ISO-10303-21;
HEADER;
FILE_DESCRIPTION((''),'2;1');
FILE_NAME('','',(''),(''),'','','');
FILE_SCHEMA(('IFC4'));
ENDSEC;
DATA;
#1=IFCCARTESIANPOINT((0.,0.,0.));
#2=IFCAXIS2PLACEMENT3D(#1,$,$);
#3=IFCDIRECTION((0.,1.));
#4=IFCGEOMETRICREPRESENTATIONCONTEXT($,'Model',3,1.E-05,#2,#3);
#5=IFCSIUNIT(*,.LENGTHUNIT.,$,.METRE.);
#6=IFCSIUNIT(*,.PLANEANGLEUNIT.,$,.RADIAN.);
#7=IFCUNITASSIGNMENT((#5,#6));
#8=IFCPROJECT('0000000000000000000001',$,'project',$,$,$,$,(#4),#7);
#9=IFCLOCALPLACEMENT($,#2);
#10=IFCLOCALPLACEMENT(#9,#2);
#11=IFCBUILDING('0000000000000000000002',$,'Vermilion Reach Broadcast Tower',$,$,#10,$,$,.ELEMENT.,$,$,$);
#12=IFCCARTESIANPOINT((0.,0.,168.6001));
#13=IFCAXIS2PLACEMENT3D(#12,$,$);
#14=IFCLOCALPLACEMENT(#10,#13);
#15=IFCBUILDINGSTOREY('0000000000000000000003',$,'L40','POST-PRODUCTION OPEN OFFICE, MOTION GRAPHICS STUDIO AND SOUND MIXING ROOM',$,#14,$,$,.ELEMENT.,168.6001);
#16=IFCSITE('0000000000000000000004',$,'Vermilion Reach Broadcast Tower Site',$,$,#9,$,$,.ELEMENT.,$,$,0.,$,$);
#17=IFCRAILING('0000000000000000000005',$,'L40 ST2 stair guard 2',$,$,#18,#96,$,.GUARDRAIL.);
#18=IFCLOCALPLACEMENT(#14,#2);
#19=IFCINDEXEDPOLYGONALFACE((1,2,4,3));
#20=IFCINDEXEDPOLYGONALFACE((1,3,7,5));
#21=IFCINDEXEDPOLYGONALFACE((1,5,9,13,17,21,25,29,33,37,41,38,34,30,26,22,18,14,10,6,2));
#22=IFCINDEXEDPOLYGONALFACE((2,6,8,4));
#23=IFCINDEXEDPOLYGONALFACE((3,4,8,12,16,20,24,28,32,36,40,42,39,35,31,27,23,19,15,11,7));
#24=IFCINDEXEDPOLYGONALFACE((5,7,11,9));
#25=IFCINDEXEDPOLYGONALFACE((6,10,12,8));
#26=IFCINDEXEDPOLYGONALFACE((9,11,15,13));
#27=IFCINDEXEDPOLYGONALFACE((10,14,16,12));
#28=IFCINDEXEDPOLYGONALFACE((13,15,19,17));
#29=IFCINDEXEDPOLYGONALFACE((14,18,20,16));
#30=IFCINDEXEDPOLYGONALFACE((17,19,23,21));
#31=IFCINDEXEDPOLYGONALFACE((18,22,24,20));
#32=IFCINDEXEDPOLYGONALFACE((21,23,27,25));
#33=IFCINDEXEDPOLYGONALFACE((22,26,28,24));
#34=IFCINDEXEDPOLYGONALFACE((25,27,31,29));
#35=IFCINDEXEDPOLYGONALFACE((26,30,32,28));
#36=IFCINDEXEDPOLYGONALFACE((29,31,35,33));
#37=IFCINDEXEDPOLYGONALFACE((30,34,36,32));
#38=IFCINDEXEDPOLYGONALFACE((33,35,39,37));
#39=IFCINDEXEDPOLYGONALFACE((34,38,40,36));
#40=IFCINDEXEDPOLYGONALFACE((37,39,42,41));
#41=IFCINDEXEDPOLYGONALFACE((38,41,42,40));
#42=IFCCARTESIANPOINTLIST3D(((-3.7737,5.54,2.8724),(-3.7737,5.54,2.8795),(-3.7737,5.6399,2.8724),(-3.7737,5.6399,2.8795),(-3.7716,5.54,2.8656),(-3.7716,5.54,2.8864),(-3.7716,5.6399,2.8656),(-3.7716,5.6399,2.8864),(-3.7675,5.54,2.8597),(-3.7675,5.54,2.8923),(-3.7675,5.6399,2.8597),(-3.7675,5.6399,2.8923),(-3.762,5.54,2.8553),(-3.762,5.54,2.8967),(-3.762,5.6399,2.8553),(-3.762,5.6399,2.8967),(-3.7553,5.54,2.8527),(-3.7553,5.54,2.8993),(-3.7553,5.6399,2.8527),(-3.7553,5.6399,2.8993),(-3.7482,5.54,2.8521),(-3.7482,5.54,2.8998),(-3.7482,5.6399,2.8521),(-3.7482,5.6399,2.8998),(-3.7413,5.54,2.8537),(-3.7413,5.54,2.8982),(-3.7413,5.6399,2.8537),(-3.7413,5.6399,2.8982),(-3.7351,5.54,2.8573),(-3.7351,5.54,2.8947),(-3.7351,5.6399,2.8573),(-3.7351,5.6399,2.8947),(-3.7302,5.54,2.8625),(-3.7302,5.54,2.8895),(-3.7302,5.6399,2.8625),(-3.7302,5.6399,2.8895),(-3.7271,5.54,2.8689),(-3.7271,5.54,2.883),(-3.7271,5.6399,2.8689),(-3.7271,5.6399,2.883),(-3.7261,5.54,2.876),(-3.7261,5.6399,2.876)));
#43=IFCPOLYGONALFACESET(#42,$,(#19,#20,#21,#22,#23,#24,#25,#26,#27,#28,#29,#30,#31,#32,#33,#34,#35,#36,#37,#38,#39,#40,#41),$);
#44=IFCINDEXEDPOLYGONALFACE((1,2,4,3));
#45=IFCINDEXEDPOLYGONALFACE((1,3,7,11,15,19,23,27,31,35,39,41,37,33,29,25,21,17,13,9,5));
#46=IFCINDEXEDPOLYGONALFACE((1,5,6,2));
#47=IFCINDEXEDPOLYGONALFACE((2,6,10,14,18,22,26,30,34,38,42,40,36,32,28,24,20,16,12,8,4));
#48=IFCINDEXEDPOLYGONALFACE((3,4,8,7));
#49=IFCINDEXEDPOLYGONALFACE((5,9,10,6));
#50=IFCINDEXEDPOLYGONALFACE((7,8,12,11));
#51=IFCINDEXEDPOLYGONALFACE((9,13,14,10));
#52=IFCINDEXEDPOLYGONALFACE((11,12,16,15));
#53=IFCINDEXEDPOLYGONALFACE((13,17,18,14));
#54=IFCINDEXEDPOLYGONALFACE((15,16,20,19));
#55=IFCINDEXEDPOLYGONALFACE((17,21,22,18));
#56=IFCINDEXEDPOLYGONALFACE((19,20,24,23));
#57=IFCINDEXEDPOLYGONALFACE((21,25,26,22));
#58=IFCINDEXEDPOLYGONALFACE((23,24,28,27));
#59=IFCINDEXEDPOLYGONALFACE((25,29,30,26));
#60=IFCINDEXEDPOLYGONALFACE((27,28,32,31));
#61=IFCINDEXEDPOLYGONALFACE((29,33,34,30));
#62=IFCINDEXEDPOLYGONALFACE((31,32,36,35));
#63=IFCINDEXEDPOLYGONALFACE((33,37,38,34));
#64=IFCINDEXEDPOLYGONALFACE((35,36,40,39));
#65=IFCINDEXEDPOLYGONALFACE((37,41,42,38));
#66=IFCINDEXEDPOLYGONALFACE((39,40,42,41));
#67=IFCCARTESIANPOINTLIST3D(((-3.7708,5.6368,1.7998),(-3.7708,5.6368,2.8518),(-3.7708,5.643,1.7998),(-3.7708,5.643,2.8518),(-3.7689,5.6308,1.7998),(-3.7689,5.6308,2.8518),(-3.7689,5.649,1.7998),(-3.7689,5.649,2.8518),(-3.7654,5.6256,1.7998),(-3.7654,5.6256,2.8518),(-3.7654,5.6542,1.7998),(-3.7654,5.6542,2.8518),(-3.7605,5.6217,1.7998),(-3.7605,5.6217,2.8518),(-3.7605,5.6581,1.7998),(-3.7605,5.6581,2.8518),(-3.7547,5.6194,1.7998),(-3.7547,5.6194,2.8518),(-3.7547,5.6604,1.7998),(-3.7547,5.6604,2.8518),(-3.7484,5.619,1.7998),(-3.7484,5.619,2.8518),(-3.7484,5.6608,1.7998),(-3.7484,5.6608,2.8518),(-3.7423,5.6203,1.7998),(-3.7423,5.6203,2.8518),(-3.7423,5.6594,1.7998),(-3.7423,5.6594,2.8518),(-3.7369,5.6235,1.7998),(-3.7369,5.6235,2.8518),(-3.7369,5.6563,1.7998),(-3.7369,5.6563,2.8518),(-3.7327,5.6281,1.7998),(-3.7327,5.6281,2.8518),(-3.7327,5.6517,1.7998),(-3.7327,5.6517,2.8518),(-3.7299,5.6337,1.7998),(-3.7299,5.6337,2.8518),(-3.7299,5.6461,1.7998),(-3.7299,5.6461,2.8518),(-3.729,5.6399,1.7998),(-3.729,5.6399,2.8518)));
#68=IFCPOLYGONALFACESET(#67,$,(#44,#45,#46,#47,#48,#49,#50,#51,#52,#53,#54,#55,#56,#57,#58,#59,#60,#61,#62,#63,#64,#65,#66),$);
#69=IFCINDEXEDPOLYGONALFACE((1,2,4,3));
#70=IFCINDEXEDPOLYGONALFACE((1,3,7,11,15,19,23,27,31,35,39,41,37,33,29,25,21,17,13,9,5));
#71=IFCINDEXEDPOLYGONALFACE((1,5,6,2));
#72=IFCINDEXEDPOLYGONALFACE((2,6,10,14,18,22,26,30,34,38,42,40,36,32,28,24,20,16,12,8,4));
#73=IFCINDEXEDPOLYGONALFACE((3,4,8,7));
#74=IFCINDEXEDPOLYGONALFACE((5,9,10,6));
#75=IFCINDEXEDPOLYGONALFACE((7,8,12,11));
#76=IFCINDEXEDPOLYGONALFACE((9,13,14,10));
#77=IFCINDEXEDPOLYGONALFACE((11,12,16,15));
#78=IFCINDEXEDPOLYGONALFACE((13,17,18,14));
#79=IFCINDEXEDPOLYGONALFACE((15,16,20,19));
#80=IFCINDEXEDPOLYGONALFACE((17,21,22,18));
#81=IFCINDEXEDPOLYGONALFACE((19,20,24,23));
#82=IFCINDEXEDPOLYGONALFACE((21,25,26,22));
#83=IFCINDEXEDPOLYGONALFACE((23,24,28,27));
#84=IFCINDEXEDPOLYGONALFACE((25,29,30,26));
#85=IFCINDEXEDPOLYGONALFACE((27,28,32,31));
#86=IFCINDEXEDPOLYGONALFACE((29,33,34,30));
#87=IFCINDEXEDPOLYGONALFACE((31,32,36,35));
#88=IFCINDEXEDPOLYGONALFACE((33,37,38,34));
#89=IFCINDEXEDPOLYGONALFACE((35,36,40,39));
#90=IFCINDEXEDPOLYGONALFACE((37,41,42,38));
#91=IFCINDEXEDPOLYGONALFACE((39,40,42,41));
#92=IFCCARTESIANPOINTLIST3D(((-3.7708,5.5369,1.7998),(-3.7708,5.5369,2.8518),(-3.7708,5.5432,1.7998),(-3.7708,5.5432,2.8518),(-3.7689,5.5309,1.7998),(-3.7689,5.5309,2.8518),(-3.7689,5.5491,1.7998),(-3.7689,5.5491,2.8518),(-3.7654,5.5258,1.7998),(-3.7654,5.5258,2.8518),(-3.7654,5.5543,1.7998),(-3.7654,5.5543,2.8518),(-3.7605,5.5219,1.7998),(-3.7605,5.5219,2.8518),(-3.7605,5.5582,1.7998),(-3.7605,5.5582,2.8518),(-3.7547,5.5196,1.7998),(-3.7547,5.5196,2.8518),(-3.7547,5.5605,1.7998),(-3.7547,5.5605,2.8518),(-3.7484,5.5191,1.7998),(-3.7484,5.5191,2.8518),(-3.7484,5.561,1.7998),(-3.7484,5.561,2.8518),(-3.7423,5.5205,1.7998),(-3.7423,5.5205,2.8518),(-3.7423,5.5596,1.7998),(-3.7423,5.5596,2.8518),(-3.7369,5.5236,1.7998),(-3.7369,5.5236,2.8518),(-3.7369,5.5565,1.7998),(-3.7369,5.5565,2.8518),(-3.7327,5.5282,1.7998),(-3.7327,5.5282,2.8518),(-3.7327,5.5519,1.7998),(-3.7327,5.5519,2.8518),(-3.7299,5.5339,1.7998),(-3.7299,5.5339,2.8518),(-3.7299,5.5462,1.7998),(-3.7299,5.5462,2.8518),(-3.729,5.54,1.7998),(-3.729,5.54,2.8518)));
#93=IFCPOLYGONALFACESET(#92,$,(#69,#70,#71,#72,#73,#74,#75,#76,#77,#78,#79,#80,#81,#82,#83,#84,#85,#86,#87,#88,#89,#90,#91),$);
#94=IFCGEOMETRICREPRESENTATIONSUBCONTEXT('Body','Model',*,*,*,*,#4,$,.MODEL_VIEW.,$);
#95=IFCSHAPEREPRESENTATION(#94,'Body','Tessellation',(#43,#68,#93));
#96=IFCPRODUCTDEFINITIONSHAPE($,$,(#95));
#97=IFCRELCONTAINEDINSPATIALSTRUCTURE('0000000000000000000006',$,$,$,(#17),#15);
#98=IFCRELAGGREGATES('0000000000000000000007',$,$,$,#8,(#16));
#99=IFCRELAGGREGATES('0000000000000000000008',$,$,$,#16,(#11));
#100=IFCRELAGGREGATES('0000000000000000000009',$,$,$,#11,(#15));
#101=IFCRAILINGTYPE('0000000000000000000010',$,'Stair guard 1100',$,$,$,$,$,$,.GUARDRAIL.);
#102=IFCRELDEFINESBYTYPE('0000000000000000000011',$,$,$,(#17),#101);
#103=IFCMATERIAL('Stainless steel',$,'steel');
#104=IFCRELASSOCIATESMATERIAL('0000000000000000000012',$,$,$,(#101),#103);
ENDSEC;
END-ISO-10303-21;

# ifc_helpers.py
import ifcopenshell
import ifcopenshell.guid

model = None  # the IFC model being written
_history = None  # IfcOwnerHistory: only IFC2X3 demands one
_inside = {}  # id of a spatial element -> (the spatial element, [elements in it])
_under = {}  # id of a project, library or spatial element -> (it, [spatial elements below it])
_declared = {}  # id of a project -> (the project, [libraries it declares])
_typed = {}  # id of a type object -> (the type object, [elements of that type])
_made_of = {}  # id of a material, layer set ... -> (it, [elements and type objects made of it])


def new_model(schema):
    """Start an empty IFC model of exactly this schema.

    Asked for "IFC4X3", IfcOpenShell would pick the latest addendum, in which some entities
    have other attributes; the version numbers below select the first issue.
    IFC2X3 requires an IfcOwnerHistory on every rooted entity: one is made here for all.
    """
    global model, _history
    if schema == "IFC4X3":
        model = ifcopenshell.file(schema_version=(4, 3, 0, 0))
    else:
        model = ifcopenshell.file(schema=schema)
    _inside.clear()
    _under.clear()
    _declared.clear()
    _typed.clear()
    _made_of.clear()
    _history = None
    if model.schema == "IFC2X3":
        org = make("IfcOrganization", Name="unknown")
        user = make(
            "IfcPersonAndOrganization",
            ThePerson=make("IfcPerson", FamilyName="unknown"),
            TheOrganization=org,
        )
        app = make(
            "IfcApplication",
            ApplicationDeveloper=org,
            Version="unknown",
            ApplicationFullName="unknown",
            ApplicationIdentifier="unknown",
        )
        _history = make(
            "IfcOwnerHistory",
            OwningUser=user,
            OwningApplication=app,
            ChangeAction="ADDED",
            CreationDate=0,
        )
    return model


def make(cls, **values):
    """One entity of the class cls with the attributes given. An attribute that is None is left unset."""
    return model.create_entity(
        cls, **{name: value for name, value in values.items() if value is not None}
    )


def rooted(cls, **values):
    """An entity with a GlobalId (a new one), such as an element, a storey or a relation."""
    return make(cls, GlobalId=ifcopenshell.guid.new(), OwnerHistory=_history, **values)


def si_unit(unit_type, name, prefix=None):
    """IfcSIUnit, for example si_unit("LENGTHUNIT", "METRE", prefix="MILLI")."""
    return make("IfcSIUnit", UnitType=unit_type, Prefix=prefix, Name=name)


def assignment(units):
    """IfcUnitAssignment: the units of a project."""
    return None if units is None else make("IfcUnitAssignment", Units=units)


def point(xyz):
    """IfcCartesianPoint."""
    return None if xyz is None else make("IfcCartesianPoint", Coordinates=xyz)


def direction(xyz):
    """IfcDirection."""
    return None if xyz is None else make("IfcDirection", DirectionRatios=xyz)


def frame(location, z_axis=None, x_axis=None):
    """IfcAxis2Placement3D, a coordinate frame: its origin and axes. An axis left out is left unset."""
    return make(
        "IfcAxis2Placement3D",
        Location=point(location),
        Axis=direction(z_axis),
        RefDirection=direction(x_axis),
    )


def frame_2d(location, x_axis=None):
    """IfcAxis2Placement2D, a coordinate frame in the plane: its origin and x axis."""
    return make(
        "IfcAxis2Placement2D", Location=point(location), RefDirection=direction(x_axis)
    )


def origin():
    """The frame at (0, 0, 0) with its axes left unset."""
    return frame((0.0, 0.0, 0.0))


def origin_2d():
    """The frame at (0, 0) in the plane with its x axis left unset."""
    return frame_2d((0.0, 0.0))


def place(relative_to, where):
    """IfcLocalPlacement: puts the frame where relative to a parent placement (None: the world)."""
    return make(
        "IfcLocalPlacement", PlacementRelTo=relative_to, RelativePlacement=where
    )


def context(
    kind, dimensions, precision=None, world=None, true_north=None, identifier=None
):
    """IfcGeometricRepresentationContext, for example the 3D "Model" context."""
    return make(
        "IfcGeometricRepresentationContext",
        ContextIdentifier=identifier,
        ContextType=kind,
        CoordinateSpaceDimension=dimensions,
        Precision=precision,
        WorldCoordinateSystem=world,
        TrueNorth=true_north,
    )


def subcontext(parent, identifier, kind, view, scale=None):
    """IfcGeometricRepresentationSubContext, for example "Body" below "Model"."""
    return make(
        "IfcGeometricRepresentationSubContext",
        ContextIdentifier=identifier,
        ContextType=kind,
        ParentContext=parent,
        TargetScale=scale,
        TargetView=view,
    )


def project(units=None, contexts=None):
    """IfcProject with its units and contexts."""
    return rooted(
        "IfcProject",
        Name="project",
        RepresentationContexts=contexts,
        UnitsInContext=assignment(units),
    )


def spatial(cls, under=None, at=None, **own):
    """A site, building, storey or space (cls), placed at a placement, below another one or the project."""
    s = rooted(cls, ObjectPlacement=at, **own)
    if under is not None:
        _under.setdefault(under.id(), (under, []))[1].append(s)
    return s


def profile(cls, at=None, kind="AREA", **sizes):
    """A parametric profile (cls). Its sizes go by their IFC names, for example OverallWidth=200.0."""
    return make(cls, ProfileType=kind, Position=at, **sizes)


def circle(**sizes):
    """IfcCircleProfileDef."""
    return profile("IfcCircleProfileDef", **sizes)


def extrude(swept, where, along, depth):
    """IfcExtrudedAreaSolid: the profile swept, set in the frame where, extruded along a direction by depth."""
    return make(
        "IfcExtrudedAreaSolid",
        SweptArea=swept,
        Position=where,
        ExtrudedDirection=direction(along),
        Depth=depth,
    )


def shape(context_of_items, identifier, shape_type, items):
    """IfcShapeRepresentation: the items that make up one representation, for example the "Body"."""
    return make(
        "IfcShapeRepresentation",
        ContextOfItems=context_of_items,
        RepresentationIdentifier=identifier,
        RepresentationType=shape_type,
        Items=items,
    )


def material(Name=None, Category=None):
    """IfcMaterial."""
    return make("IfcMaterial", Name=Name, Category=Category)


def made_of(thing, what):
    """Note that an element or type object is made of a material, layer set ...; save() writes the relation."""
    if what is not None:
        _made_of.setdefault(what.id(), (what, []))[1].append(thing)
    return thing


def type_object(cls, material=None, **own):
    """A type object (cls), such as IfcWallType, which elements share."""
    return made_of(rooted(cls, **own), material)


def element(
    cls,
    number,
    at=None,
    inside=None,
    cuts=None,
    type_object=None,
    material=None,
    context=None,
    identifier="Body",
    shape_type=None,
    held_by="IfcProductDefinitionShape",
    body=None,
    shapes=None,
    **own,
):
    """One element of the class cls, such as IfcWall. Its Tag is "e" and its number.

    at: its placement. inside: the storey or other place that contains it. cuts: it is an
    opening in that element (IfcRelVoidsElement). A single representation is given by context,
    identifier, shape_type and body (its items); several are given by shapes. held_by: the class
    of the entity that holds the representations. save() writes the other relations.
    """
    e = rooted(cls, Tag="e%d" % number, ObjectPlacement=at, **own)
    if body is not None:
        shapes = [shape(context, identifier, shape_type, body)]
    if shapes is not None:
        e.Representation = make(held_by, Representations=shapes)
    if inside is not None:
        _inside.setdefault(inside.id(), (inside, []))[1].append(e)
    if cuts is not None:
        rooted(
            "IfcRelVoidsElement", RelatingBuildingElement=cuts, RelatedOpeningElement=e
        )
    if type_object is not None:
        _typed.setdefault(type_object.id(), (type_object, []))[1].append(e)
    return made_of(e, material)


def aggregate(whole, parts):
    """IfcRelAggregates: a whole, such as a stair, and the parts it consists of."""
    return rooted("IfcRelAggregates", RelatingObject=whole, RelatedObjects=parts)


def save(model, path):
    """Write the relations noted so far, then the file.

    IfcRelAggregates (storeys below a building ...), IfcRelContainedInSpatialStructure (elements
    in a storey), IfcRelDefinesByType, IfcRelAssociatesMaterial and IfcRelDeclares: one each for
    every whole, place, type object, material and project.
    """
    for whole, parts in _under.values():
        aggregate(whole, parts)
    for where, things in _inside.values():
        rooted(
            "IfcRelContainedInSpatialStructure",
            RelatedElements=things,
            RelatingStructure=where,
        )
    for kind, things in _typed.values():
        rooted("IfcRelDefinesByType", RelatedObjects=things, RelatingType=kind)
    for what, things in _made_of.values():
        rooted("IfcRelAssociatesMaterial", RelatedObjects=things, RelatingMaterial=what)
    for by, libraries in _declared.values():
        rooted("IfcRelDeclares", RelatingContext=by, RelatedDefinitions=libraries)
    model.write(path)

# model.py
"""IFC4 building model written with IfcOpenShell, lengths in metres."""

from ifc_helpers import new_model, si_unit, direction, frame, origin, origin_2d, place, context, subcontext, project, spatial, circle, extrude, material, type_object, element, save


model = new_model("IFC4")

# Units and contexts
model_context = context("Model", 3, precision=1e-05, world=origin(), true_north=direction((0.0, 1.0)))
body_context = subcontext(model_context, "Body", "Model", "MODEL_VIEW")
ifc_project = project(units=[si_unit("LENGTHUNIT", "METRE"), si_unit("PLANEANGLEUNIT", "RADIAN")], contexts=[model_context])

# Site, building, storey
site_placement = place(None, origin())
site = spatial("IfcSite", under=ifc_project, at=site_placement, Name="Vermilion Reach Broadcast Tower Site", CompositionType="ELEMENT", RefElevation=0.0)
building_placement = place(site_placement, origin())
building = spatial("IfcBuilding", under=site, at=building_placement, Name="Vermilion Reach Broadcast Tower", CompositionType="ELEMENT")
storey_placement = place(building_placement, frame((0.0, 0.0, 168.6001)))
storey = spatial("IfcBuildingStorey", under=building, at=storey_placement, Name="L40", Description="POST-PRODUCTION OPEN OFFICE, MOTION GRAPHICS STUDIO AND SOUND MIXING ROOM", CompositionType="ELEMENT", Elevation=168.6001)

# Railing
ifc_material_1 = material(Name="Stainless steel", Category="steel")
railing_type_1 = type_object("IfcRailingType", Name="Stair guard 1100", PredefinedType="GUARDRAIL", material=ifc_material_1)
railing_1_placement = place(storey_placement, frame((-3.75, 5.6399, 1.7998)))
element("IfcRailing", 1, at=railing_1_placement, inside=storey, type_object=railing_type_1, Name="L40 ST2 stair guard 2", PredefinedType="GUARDRAIL", context=body_context, shape_type="SweptSolid", body=[
    extrude(circle(Radius=0.0239, at=origin_2d()), frame((0.0, 0.0, 1.0762), z_axis=(0.0, -1.0, 0.0), x_axis=(1.0, 0.0, 0.0)), (0.0, 0.0, 1.0), 0.0999),
    extrude(circle(Radius=0.021, at=origin_2d()), origin(), (0.0, 0.0, 1.0), 1.052),
    extrude(circle(Radius=0.021, at=origin_2d()), frame((0.0, -0.0999, 0.0)), (0.0, 0.0, 1.0), 1.052),
])

save(model, "model.ifc")
